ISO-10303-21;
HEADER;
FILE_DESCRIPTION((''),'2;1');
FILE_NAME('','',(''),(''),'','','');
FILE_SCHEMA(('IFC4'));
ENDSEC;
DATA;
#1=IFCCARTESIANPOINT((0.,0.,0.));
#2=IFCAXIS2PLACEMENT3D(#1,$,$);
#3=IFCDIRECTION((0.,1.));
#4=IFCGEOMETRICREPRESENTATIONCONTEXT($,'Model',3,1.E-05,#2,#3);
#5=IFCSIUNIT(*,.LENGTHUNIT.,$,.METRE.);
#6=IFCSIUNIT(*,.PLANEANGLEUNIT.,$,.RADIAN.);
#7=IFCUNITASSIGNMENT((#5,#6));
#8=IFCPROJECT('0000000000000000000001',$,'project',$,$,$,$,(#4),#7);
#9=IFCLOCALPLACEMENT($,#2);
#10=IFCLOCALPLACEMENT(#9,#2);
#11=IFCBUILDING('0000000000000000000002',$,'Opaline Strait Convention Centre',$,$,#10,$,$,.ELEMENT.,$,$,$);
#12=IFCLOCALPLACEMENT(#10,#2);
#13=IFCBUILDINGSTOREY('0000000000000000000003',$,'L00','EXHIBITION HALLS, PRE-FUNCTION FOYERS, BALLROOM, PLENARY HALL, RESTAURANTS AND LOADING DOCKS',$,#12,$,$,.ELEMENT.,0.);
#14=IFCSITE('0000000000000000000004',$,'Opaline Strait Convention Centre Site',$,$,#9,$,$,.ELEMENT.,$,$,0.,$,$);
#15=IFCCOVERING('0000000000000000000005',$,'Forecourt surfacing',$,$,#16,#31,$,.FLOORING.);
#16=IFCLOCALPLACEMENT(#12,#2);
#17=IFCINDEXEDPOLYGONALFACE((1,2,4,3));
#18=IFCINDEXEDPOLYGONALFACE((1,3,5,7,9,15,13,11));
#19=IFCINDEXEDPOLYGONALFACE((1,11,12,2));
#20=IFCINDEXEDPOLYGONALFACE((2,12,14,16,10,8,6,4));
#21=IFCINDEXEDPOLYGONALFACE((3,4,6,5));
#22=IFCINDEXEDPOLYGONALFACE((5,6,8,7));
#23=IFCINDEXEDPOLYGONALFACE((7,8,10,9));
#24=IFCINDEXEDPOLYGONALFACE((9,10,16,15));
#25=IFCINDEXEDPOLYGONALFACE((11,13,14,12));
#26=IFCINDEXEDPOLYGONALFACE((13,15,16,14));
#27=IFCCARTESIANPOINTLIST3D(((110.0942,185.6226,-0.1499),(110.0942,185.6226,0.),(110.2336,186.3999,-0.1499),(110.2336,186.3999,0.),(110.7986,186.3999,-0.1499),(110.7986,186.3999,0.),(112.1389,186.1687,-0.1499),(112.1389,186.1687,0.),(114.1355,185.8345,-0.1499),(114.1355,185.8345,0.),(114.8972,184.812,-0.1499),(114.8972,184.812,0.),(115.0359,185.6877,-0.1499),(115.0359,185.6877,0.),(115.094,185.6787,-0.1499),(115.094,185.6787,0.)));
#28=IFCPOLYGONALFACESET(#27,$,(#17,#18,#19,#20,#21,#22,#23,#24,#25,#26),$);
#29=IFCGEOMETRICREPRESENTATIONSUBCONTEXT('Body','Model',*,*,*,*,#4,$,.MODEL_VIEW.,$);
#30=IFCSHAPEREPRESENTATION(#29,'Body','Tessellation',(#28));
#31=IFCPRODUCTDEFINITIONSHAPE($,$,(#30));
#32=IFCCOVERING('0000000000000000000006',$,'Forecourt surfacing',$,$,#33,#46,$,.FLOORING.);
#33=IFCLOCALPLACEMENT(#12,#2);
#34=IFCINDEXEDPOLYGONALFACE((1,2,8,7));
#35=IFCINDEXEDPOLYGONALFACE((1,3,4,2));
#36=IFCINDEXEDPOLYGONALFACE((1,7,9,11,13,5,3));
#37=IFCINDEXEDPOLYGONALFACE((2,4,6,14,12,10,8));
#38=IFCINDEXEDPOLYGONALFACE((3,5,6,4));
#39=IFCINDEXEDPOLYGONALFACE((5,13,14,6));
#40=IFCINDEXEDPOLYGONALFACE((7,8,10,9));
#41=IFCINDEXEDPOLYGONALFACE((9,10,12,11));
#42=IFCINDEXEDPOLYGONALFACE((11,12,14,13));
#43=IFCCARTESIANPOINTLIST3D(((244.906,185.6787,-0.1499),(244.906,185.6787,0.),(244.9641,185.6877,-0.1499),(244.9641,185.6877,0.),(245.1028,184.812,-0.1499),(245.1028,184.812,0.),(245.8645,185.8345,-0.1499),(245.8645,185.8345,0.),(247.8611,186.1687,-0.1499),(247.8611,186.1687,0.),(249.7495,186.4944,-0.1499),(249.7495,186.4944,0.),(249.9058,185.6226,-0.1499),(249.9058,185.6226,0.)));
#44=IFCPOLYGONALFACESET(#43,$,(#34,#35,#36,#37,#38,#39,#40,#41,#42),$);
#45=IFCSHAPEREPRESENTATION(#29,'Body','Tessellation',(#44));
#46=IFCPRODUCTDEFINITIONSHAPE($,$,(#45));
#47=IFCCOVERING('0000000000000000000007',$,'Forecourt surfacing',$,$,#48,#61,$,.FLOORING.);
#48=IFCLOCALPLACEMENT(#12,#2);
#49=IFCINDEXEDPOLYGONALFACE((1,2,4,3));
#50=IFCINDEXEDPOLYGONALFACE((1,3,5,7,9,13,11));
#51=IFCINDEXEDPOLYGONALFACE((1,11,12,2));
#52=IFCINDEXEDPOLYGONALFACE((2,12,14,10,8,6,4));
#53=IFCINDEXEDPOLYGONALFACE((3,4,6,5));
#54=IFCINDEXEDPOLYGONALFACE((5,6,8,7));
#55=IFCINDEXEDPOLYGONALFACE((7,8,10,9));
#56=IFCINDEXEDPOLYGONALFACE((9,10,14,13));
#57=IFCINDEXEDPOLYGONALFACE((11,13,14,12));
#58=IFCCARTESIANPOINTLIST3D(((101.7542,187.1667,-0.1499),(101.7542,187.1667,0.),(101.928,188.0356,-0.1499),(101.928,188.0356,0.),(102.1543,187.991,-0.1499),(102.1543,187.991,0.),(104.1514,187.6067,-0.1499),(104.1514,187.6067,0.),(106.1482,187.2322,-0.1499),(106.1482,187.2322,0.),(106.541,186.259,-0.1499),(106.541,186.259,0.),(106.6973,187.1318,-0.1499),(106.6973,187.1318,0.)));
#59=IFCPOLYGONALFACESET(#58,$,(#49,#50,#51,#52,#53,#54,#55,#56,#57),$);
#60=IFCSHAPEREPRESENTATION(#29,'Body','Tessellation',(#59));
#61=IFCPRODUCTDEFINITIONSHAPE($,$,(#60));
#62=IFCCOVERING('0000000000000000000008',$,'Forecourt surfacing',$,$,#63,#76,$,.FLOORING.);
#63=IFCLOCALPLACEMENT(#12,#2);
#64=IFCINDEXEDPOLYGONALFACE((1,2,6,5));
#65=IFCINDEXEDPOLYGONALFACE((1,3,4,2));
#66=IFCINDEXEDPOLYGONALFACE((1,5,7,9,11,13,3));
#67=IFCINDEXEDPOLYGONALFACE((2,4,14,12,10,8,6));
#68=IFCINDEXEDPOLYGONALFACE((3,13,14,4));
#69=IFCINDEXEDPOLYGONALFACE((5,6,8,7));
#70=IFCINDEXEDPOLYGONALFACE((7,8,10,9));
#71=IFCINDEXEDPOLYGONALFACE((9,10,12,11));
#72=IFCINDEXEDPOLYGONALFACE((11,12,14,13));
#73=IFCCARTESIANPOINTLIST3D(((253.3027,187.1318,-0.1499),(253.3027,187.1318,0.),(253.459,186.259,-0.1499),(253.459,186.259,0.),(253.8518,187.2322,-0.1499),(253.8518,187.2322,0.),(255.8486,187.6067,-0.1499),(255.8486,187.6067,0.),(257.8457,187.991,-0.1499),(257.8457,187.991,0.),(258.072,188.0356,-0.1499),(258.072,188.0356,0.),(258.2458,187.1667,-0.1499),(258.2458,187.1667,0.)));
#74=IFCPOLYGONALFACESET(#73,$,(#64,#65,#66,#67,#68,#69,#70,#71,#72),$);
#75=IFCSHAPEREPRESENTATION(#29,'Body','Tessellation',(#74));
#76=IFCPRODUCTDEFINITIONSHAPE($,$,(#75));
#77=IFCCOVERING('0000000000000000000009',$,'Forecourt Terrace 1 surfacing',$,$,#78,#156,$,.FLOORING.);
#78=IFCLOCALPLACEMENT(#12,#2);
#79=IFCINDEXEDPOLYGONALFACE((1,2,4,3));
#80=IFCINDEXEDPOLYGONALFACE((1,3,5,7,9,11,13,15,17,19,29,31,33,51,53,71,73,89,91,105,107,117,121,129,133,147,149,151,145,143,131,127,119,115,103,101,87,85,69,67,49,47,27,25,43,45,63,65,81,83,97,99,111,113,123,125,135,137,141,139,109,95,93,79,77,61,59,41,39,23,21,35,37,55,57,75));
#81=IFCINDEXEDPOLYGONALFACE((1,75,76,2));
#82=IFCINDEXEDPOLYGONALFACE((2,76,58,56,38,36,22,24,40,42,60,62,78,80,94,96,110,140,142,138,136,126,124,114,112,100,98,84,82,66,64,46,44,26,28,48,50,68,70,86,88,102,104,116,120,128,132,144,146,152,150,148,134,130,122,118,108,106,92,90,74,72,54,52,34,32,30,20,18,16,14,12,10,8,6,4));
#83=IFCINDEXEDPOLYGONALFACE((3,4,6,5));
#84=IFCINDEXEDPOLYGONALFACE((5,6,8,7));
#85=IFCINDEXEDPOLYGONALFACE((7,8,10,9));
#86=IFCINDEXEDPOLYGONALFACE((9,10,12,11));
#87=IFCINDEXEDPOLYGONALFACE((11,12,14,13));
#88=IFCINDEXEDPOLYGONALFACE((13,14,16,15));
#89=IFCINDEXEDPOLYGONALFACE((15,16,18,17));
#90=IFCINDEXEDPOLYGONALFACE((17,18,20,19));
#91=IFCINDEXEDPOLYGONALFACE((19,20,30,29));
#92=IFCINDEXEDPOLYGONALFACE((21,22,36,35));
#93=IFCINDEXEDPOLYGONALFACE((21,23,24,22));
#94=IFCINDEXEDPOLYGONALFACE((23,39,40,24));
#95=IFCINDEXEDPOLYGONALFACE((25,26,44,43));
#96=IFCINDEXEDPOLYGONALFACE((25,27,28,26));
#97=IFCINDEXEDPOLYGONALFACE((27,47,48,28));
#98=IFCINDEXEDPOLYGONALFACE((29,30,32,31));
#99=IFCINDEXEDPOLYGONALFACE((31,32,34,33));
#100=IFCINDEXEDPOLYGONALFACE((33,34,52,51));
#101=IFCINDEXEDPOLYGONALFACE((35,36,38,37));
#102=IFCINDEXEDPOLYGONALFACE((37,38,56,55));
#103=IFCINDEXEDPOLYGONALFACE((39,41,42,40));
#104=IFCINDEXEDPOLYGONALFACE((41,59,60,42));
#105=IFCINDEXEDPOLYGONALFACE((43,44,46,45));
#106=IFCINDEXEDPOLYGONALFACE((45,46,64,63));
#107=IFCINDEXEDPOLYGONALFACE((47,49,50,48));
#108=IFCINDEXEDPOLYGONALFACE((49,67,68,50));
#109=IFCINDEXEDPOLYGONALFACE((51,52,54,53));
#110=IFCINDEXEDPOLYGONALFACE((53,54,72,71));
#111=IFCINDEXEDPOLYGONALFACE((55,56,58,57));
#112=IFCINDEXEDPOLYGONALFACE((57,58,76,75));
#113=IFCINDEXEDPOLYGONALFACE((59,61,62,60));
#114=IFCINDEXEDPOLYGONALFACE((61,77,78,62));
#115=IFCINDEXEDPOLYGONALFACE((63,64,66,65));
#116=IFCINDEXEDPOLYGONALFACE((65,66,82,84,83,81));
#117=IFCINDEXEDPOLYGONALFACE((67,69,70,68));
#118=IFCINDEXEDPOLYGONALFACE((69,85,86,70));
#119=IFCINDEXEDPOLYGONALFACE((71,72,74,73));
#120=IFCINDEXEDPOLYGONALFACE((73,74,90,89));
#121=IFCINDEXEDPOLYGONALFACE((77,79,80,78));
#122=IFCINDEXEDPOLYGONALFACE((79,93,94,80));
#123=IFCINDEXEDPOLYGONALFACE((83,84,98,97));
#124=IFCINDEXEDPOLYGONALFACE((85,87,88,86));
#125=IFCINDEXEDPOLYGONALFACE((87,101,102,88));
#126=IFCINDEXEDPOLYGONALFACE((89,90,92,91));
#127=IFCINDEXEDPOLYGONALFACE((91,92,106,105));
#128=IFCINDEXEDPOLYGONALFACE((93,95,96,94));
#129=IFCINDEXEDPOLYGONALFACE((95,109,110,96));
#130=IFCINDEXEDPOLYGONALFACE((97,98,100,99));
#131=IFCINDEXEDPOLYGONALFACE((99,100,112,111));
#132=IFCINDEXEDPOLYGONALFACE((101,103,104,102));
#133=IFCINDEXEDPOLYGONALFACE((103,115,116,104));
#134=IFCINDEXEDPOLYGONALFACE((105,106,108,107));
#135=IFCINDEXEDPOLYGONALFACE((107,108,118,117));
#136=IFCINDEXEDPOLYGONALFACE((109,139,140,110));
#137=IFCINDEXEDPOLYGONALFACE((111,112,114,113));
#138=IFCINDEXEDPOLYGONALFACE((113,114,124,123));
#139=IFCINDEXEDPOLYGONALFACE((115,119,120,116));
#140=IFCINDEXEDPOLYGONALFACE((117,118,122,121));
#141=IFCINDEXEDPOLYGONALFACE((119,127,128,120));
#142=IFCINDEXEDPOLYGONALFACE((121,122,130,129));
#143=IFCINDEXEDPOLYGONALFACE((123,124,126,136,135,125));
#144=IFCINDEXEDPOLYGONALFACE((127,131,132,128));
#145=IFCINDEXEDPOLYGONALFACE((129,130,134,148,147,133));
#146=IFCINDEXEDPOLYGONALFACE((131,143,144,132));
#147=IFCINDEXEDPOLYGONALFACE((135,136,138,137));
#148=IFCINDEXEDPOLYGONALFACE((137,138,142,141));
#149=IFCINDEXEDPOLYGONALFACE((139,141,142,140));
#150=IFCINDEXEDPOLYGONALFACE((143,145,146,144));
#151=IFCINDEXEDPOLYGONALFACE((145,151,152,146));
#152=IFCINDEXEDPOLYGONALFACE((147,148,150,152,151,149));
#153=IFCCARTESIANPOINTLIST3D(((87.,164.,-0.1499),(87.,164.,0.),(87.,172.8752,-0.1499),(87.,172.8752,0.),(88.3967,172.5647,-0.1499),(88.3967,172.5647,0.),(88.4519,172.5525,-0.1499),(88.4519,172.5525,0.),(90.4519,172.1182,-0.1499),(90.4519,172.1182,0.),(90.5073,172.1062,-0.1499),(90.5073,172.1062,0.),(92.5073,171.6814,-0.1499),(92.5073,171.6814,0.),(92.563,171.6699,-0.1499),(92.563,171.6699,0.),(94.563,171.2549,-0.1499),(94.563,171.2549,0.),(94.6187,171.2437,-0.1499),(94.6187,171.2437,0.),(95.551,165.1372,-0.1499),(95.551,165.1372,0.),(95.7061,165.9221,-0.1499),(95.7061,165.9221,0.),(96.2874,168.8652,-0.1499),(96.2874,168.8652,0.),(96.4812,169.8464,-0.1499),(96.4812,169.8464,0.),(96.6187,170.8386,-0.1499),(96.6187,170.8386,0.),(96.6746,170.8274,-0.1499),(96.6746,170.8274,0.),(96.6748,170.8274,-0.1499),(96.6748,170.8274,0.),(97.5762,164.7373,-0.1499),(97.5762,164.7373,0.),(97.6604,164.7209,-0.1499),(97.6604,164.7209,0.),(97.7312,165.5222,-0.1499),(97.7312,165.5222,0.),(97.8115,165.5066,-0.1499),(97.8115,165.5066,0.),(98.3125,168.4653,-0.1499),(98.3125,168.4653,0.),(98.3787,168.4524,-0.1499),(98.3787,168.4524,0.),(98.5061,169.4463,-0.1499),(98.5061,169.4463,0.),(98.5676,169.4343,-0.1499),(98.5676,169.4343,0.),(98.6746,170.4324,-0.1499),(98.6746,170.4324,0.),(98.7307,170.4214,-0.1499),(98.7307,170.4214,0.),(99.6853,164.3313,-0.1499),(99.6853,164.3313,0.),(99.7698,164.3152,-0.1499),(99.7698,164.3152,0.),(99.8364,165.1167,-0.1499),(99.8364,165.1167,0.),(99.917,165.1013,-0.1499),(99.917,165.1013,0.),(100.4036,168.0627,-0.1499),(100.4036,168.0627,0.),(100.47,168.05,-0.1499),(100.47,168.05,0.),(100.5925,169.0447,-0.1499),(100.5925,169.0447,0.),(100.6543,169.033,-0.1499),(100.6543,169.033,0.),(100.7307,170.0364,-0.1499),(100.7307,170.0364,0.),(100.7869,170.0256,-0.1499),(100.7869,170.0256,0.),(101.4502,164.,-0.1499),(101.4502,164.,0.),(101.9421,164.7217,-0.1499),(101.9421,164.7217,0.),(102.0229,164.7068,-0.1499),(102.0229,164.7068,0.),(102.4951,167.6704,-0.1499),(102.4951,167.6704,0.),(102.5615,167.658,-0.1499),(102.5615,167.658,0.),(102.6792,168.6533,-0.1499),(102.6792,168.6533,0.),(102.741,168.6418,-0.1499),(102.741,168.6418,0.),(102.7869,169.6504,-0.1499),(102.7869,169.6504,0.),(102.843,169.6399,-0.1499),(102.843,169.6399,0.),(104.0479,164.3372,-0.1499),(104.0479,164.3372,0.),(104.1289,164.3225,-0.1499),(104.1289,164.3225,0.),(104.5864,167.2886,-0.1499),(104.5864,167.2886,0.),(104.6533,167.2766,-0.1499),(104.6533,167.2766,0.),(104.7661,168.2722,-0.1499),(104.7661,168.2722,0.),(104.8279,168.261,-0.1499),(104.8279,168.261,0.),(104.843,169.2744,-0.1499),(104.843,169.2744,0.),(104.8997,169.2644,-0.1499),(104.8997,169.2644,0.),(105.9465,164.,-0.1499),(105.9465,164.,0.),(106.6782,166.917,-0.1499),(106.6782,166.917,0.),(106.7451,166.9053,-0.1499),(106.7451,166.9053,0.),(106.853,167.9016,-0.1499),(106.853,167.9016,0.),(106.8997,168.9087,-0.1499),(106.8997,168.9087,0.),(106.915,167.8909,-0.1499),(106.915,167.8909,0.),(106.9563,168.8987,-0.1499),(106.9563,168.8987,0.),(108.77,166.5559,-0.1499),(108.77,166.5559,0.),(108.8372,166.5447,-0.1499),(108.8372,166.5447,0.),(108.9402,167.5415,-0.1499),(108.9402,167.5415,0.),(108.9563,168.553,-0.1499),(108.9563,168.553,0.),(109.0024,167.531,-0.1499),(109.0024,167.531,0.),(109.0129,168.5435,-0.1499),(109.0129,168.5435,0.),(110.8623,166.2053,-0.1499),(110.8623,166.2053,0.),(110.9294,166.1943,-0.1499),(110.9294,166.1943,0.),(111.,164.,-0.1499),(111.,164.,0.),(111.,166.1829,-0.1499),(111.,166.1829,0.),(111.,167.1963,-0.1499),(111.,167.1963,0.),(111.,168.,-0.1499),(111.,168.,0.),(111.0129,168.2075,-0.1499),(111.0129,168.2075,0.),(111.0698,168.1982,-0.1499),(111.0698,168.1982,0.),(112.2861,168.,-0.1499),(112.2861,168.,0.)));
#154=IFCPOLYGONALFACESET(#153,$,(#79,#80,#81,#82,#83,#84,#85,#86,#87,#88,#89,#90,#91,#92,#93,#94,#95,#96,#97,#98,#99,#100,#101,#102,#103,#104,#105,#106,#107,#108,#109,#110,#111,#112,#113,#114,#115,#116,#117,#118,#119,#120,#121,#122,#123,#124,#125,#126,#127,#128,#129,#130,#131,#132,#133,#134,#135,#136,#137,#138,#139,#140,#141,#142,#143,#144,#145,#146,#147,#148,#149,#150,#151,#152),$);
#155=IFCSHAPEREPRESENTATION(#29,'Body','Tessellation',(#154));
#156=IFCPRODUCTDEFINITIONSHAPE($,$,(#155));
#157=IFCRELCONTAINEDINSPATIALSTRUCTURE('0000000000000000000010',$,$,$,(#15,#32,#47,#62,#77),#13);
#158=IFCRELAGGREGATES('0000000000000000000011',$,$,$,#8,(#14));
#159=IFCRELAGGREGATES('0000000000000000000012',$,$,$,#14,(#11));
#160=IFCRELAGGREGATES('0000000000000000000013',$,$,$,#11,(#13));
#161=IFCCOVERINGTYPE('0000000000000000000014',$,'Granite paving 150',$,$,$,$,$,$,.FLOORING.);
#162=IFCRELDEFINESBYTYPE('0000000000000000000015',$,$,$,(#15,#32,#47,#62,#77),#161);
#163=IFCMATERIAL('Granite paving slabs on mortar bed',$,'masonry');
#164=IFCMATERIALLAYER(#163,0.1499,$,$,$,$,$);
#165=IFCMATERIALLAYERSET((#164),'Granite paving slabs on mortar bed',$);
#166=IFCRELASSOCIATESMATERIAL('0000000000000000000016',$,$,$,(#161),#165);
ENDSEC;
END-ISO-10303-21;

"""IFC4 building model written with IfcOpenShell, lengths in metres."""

from ifc_helpers import new_model, si_unit, direction, frame, origin, place, context, subcontext, project, spatial, polyline, outline, extrude, material, layer, layer_set, type_object, element, save


model = new_model("IFC4")

# Units and contexts
model_context = context("Model", 3, precision=1e-05, world=origin(), true_north=direction((0.0, 1.0)))
body_context = subcontext(model_context, "Body", "Model", "MODEL_VIEW")
ifc_project = project(units=[si_unit("LENGTHUNIT", "METRE"), si_unit("PLANEANGLEUNIT", "RADIAN")], contexts=[model_context])

# Site, building, storey
site_placement = place(None, origin())
site = spatial("IfcSite", under=ifc_project, at=site_placement, Name="Opaline Strait Convention Centre Site", CompositionType="ELEMENT", RefElevation=0.0)
building_placement = place(site_placement, origin())
building = spatial("IfcBuilding", under=site, at=building_placement, Name="Opaline Strait Convention Centre", CompositionType="ELEMENT")
storey_placement = place(building_placement, origin())
storey = spatial("IfcBuildingStorey", under=building, at=storey_placement, Name="L00", Description="EXHIBITION HALLS, PRE-FUNCTION FOYERS, BALLROOM, PLENARY HALL, RESTAURANTS AND LOADING DOCKS", CompositionType="ELEMENT", Elevation=0.0)

# Coverings
ifc_material = material(Name="Granite paving slabs on mortar bed", Category="masonry")
ifc_layer = layer(ifc_material, 0.1499)
ifc_layer_set = layer_set([ifc_layer], Name="Granite paving slabs on mortar bed")
covering_type = type_object("IfcCoveringType", Name="Granite paving 150", PredefinedType="FLOORING", material=ifc_layer_set)
covering_1_placement = place(storey_placement, frame((0.0, 0.0, -0.1499)))
element("IfcCovering", 1, at=covering_1_placement, inside=storey, type_object=covering_type, Name="Forecourt surfacing", PredefinedType="FLOORING", context=body_context, shape_type="SweptSolid", body=[
    extrude(outline(polyline([(110.2336, 186.3999), (110.0942, 185.6226), (114.8972, 184.812), (115.0359, 185.6877), (115.094, 185.6787), (114.1355, 185.8345), (112.1389, 186.1687), (110.7986, 186.3999), (110.2336, 186.3999)])), origin(), (0.0, 0.0, 1.0), 0.1499),
])
covering_2_placement = place(storey_placement, frame((0.0, 0.0, -0.1499)))
element("IfcCovering", 2, at=covering_2_placement, inside=storey, type_object=covering_type, Name="Forecourt surfacing", PredefinedType="FLOORING", context=body_context, shape_type="SweptSolid", body=[
    extrude(outline(polyline([(244.9641, 185.6877), (245.1028, 184.812), (249.9058, 185.6226), (249.7495, 186.4944), (247.8611, 186.1687), (245.8645, 185.8345), (244.906, 185.6787), (244.9641, 185.6877)])), origin(), (0.0, 0.0, 1.0), 0.1499),
])
covering_3_placement = place(storey_placement, frame((0.0, 0.0, -0.1499)))
element("IfcCovering", 3, at=covering_3_placement, inside=storey, type_object=covering_type, Name="Forecourt surfacing", PredefinedType="FLOORING", context=body_context, shape_type="SweptSolid", body=[
    extrude(outline(polyline([(101.928, 188.0356), (101.7542, 187.1667), (106.541, 186.259), (106.6973, 187.1318), (106.1482, 187.2322), (104.1514, 187.6067), (102.1543, 187.991), (101.928, 188.0356)])), origin(), (0.0, 0.0, 1.0), 0.1499),
])
covering_4_placement = place(storey_placement, frame((0.0, 0.0, -0.1499)))
element("IfcCovering", 4, at=covering_4_placement, inside=storey, type_object=covering_type, Name="Forecourt surfacing", PredefinedType="FLOORING", context=body_context, shape_type="SweptSolid", body=[
    extrude(outline(polyline([(253.3027, 187.1318), (253.459, 186.259), (258.2458, 187.1667), (258.072, 188.0356), (257.8457, 187.991), (255.8486, 187.6067), (253.8518, 187.2322), (253.3027, 187.1318)])), origin(), (0.0, 0.0, 1.0), 0.1499),
])
covering_5_placement = place(storey_placement, frame((0.0, 0.0, -0.1499)))
element("IfcCovering", 5, at=covering_5_placement, inside=storey, type_object=covering_type, Name="Forecourt Terrace 1 surfacing", PredefinedType="FLOORING", context=body_context, shape_type="SweptSolid", body=[
    extrude(outline(polyline([(90.4519, 172.1182), (88.4519, 172.5525), (88.3967, 172.5647), (87.0, 172.8752), (87.0, 164.0), (101.4502, 164.0), (99.7698, 164.3152), (99.6853, 164.3313), (97.6604, 164.7209), (97.5762, 164.7373), (95.551, 165.1372), (95.7061, 165.9221), (97.7312, 165.5222), (97.8115, 165.5066), (99.8364, 165.1167), (99.917, 165.1013), (101.9421, 164.7217), (102.0229, 164.7068), (104.0479, 164.3372), (104.1289, 164.3225), (105.9465, 164.0), (111.0, 164.0), (111.0, 166.1829), (110.9294, 166.1943), (110.8623, 166.2053), (108.8372, 166.5447), (108.77, 166.5559), (106.7451, 166.9053), (106.6782, 166.917), (104.6533, 167.2766), (104.5864, 167.2886), (102.5615, 167.658), (102.4951, 167.6704), (100.47, 168.05), (100.4036, 168.0627), (98.3787, 168.4524), (98.3125, 168.4653), (96.2874, 168.8652), (96.4812, 169.8464), (98.5061, 169.4463), (98.5676, 169.4343), (100.5925, 169.0447), (100.6543, 169.033), (102.6792, 168.6533), (102.741, 168.6418), (104.7661, 168.2722), (104.8279, 168.261), (106.853, 167.9016), (106.915, 167.8909), (108.9402, 167.5415), (109.0024, 167.531), (111.0, 167.1963), (111.0, 168.0), (112.2861, 168.0), (111.0698, 168.1982), (111.0129, 168.2075), (109.0129, 168.5435), (108.9563, 168.553), (106.9563, 168.8987), (106.8997, 168.9087), (104.8997, 169.2644), (104.843, 169.2744), (102.843, 169.6399), (102.7869, 169.6504), (100.7869, 170.0256), (100.7307, 170.0364), (98.7307, 170.4214), (98.6746, 170.4324), (96.6748, 170.8274), (96.6746, 170.8274), (96.6187, 170.8386), (94.6187, 171.2437), (94.563, 171.2549), (92.563, 171.6699), (92.5073, 171.6814), (90.5073, 172.1062), (90.4519, 172.1182)])), origin(), (0.0, 0.0, 1.0), 0.1499),
])

save(model, "model.ifc")
